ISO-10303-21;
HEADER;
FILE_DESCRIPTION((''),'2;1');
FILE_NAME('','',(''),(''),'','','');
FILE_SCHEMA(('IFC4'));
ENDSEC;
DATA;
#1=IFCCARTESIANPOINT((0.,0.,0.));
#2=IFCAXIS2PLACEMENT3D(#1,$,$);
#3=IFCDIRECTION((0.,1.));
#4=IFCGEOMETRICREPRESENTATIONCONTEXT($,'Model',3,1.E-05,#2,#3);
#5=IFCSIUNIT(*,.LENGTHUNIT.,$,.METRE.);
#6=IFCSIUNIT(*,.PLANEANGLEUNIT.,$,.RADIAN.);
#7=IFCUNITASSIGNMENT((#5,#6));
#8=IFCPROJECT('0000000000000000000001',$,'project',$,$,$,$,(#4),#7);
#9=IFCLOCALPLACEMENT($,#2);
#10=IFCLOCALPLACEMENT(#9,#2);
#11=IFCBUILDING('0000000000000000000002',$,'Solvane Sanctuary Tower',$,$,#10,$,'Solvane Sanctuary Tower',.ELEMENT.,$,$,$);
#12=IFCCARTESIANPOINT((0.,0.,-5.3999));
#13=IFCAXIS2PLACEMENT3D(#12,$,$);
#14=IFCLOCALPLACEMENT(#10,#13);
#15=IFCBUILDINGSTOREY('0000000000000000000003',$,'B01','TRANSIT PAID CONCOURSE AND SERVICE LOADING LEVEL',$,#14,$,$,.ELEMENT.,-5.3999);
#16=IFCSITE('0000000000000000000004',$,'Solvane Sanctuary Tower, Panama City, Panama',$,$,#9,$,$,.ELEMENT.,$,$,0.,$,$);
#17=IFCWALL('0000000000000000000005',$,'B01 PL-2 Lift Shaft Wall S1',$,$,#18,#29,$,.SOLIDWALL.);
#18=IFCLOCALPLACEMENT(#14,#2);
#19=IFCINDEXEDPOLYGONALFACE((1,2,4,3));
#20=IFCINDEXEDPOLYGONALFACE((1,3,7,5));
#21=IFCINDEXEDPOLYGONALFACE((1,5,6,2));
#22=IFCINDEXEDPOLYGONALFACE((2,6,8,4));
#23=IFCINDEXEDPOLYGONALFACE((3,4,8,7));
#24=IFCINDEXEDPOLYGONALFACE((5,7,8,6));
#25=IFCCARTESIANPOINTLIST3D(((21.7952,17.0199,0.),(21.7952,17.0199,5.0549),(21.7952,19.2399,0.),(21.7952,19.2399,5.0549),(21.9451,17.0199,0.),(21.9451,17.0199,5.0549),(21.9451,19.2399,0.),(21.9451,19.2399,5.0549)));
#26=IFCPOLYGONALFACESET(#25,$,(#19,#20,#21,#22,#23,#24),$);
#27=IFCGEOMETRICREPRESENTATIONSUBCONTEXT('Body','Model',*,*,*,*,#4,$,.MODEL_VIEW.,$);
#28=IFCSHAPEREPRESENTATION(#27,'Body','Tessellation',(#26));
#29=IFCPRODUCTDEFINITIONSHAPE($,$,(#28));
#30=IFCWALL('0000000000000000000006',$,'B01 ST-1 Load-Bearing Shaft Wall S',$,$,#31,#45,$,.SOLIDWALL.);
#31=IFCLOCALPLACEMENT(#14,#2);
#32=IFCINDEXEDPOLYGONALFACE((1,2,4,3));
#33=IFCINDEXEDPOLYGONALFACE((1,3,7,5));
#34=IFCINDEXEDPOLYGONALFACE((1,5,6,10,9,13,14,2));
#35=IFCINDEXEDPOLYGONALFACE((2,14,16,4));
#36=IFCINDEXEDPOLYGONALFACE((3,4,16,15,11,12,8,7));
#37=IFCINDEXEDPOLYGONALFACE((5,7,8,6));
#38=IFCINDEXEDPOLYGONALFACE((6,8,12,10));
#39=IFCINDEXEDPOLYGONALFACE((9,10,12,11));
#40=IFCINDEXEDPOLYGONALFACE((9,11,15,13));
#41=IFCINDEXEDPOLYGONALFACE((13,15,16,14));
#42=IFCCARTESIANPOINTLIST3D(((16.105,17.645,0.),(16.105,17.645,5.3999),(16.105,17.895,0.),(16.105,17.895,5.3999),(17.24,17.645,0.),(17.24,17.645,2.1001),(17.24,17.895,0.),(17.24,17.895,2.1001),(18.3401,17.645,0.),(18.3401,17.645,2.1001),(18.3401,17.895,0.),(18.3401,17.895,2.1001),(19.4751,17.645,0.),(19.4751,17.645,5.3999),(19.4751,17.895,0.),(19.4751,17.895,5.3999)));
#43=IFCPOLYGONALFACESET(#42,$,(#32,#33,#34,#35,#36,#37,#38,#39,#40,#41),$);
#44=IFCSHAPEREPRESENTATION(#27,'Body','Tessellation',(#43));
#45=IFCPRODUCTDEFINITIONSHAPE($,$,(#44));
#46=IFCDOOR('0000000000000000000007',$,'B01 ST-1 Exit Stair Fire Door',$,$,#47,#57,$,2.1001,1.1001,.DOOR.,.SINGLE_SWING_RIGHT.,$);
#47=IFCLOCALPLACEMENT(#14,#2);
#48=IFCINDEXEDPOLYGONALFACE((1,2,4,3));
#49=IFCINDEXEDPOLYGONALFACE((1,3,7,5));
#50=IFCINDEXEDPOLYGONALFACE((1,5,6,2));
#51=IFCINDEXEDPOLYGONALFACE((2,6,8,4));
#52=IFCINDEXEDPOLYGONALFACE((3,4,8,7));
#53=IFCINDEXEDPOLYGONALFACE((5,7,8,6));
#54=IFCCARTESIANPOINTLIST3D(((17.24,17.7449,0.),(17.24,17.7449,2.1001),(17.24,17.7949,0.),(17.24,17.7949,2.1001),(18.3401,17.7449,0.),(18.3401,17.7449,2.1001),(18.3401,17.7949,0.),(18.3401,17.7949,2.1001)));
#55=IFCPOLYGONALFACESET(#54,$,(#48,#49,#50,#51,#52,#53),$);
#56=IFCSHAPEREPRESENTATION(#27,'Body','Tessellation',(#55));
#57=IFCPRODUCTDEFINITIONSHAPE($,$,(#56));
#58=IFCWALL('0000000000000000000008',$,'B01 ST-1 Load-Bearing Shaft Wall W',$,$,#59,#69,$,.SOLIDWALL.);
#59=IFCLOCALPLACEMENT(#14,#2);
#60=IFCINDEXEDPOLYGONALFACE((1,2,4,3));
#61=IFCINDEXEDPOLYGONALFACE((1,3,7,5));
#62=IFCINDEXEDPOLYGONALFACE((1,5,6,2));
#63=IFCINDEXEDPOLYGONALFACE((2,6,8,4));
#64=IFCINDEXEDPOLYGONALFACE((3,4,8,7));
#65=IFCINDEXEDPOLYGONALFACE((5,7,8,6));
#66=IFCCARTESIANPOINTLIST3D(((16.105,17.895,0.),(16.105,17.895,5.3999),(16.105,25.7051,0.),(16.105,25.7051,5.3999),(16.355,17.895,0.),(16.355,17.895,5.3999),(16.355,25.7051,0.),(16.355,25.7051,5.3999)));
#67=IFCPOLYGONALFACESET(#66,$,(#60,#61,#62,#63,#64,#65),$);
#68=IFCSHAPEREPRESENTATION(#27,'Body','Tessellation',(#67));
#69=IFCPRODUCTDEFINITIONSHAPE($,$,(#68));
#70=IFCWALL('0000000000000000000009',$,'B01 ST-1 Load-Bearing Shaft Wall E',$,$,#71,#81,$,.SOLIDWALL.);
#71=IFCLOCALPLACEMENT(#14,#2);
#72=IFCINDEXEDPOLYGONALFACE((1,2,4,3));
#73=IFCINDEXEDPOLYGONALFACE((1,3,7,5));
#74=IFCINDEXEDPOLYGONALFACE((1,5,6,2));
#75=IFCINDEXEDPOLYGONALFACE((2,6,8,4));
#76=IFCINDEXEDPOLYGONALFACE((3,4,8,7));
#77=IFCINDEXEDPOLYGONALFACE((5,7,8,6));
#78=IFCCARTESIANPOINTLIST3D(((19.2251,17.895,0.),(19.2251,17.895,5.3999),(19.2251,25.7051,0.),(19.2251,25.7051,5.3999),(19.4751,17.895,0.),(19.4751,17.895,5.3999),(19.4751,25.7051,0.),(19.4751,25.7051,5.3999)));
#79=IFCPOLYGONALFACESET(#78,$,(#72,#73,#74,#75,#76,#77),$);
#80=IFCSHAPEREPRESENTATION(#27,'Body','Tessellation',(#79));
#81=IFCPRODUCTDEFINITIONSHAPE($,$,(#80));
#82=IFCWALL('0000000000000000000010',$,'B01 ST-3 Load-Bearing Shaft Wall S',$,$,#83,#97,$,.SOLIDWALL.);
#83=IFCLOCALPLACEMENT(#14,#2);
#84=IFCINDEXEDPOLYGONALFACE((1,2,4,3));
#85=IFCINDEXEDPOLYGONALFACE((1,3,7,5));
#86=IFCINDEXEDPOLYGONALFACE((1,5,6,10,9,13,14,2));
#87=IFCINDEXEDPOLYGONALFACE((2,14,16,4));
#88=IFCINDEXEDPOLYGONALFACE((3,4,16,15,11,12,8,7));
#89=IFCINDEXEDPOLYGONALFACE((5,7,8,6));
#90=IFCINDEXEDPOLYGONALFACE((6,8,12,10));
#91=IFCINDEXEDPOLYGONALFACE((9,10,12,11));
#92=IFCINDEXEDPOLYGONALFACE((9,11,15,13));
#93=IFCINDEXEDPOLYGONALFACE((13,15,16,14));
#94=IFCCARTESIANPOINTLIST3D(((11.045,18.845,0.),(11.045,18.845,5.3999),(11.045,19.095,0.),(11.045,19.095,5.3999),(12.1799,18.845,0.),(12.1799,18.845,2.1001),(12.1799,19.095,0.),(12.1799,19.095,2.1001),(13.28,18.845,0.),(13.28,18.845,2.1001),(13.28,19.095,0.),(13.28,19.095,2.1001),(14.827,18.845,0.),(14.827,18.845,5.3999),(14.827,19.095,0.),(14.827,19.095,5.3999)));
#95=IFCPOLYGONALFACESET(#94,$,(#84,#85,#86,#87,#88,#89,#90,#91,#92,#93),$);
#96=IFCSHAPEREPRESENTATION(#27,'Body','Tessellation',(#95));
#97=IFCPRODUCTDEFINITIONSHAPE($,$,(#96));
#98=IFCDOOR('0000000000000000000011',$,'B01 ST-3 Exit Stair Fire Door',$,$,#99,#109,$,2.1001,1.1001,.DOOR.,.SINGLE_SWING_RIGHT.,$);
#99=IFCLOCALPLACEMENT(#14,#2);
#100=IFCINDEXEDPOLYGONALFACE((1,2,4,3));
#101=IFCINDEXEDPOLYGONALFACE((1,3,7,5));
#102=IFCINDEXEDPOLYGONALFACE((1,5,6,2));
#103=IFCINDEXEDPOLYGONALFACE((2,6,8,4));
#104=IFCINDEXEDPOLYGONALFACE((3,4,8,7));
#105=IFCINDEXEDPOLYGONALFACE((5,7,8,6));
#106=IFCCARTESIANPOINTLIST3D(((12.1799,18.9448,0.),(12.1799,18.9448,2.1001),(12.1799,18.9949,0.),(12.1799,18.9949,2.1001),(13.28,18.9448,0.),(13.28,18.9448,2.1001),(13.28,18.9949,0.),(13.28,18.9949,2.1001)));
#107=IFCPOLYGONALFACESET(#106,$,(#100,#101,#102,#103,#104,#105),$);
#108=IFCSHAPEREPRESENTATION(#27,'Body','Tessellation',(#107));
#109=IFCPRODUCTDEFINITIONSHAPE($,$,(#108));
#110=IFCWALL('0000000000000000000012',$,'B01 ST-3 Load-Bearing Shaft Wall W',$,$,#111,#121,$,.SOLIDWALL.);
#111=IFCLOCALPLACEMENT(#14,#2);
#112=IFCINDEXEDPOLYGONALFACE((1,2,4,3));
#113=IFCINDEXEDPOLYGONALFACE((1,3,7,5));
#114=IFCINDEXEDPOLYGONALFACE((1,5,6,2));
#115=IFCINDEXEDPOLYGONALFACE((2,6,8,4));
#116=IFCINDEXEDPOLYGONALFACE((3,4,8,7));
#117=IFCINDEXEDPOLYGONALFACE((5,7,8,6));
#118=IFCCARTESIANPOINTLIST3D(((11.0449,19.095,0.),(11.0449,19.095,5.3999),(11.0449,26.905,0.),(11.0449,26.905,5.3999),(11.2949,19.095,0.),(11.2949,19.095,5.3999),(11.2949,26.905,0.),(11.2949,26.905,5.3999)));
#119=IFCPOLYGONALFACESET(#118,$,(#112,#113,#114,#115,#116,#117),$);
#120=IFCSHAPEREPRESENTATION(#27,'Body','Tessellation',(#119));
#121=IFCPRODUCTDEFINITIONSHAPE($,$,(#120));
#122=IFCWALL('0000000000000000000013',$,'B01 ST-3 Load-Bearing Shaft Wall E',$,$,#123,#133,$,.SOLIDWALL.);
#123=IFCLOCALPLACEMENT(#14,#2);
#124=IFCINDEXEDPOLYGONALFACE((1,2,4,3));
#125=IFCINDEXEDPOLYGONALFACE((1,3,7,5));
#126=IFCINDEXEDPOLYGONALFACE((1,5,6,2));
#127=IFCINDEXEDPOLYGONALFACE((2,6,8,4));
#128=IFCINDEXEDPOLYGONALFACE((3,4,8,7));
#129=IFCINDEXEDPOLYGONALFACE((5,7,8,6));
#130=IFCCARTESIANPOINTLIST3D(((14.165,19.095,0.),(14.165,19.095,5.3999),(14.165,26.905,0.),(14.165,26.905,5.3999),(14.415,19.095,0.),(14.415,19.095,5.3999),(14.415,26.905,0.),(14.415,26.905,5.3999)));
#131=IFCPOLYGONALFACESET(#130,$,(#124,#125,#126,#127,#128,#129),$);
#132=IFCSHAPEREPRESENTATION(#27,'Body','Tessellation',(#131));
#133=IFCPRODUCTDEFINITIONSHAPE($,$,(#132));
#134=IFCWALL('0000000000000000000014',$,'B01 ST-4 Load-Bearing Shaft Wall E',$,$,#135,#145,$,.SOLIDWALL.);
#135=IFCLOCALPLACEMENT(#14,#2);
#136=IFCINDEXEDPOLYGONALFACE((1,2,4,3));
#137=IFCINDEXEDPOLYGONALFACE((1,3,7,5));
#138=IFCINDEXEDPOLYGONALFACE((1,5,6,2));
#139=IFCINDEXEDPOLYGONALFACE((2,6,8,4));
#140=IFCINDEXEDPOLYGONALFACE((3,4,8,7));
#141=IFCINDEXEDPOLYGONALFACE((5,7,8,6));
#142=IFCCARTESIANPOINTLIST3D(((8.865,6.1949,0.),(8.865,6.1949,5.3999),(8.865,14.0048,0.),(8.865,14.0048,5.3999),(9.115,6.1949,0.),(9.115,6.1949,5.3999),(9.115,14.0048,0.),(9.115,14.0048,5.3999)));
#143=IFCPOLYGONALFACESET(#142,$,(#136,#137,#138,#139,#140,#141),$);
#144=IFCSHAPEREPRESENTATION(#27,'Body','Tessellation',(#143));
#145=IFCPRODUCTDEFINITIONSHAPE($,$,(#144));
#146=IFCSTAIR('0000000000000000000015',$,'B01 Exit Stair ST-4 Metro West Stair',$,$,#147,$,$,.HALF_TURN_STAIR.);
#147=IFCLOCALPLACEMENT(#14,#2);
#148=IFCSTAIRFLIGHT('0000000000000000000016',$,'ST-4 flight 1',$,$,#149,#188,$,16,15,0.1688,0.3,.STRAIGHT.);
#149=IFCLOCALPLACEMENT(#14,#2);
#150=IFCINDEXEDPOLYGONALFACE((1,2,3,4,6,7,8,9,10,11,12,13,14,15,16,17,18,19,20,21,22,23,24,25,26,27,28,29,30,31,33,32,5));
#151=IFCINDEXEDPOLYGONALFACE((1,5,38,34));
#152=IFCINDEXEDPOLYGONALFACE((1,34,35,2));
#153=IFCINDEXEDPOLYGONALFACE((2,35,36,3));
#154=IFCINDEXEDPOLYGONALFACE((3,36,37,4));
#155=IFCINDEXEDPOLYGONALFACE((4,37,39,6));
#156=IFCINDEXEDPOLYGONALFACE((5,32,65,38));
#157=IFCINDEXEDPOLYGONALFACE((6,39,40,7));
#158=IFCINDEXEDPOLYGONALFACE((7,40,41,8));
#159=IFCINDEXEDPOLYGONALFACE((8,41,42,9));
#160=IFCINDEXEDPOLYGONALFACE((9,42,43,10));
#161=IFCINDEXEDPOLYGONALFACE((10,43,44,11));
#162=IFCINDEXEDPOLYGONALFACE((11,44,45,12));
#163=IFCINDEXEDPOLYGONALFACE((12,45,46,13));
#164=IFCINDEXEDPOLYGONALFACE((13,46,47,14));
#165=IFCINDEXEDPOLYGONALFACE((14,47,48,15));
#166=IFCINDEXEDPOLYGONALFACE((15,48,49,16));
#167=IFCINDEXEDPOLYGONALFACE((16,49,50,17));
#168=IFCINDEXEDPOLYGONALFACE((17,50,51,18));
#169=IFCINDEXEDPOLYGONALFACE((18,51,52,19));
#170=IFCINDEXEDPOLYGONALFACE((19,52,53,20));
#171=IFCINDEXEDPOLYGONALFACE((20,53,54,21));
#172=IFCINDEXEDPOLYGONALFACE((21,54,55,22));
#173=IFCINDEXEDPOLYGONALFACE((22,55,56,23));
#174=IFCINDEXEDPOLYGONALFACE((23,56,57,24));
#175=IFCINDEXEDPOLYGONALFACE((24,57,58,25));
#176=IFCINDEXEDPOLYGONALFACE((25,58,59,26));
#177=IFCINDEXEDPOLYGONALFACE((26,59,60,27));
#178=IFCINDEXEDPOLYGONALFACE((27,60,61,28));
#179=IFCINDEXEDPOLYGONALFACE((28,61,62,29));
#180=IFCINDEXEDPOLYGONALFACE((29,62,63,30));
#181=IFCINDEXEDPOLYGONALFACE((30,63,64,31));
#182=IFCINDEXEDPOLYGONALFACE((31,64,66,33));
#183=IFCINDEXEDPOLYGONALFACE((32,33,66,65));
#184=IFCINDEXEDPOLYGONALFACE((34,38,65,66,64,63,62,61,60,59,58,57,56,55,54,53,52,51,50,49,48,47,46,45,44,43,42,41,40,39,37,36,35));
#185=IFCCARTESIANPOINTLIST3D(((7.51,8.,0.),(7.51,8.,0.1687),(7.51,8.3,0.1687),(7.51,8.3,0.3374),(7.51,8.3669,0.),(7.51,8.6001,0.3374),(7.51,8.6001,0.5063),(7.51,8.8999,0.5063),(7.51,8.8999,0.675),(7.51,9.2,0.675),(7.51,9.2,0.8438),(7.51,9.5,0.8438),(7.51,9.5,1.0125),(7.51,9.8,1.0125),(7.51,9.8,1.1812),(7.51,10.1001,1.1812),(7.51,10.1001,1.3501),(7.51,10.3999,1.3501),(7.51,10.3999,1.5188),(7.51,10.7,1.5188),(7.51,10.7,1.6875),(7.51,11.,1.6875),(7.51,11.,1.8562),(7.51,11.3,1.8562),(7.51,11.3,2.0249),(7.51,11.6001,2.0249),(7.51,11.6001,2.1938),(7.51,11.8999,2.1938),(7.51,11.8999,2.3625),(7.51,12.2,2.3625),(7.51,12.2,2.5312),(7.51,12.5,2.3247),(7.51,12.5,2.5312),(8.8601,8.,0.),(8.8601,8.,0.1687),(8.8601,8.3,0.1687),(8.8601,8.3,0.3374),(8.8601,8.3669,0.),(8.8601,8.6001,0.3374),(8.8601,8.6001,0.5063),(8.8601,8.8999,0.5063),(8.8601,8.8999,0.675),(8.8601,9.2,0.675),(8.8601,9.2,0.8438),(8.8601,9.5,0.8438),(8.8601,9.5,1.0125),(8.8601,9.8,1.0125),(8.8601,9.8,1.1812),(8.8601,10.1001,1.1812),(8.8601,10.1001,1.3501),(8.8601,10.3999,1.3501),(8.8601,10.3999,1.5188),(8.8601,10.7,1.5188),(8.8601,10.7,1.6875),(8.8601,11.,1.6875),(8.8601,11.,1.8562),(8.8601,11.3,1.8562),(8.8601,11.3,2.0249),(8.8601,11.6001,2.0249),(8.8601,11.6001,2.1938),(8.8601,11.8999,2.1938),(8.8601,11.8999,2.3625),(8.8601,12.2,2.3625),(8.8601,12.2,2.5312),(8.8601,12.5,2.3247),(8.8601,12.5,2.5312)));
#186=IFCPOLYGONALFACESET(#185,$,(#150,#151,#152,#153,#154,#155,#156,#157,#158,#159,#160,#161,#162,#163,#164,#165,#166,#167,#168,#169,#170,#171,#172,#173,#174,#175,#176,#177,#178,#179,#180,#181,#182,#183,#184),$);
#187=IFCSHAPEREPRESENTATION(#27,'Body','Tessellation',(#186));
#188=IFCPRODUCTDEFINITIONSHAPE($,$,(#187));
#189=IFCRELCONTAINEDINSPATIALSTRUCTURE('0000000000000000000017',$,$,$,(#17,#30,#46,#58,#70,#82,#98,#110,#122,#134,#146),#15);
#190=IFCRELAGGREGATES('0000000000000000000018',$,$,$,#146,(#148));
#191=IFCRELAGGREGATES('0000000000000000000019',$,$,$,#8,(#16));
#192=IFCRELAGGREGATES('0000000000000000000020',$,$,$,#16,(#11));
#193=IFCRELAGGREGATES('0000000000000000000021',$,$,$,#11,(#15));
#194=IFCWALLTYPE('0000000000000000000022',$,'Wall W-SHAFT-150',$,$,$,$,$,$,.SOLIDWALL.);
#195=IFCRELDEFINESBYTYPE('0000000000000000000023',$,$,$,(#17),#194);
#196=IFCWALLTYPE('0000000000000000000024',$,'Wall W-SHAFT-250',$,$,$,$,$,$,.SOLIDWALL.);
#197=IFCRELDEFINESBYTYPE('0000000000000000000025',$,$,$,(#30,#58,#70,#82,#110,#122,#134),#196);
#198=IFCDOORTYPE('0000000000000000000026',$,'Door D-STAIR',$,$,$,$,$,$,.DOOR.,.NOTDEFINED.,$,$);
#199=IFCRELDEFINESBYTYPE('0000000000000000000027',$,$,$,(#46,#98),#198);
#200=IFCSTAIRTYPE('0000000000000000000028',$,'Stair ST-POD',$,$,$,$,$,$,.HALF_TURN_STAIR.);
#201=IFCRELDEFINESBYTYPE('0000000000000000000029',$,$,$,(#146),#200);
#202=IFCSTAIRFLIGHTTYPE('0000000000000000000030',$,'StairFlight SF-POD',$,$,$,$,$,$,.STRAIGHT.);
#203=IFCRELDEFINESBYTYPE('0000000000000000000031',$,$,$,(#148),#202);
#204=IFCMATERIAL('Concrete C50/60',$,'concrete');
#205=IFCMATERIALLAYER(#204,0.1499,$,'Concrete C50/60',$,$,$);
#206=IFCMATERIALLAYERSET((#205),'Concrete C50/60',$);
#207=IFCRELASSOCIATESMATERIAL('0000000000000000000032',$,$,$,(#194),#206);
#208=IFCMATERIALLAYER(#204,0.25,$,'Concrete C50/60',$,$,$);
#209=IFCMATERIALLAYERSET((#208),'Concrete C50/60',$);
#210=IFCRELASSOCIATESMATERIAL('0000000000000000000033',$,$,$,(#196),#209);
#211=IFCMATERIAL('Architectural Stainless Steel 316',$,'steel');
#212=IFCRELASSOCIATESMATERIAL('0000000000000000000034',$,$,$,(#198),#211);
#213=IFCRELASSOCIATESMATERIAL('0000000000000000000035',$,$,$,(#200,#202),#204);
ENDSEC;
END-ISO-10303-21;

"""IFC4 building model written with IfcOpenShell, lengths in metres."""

from ifc_helpers import new_model, si_unit, direction, frame, frame_2d, origin, place, context, subcontext, project, spatial, polyline, rectangle, outline, extrude, material, layer, layer_set, type_object, element, fill, aggregate, save


model = new_model("IFC4")

# Units and contexts
model_context = context("Model", 3, precision=1e-05, world=origin(), true_north=direction((0.0, 1.0)))
body_context = subcontext(model_context, "Body", "Model", "MODEL_VIEW")
ifc_project = project(units=[si_unit("LENGTHUNIT", "METRE"), si_unit("PLANEANGLEUNIT", "RADIAN")], contexts=[model_context])

# Site, building, storey
site_placement = place(None, origin())
site = spatial("IfcSite", under=ifc_project, at=site_placement, Name="Solvane Sanctuary Tower, Panama City, Panama", CompositionType="ELEMENT", RefElevation=0.0)
building_placement = place(site_placement, origin())
building = spatial("IfcBuilding", under=site, at=building_placement, Name="Solvane Sanctuary Tower", LongName="Solvane Sanctuary Tower", CompositionType="ELEMENT")
storey_placement = place(building_placement, frame((0.0, 0.0, -5.3999)))
storey = spatial("IfcBuildingStorey", under=building, at=storey_placement, Name="B01", Description="TRANSIT PAID CONCOURSE AND SERVICE LOADING LEVEL", CompositionType="ELEMENT", Elevation=-5.3999)

# Shared definitions
ifc_material_1 = material(Name="Concrete C50/60", Category="concrete")
ifc_layer_1 = layer(ifc_material_1, 0.1499, Name="Concrete C50/60")
ifc_layer_set_1 = layer_set([ifc_layer_1], Name="Concrete C50/60")
wall_type_1 = type_object("IfcWallType", Name="Wall W-SHAFT-150", PredefinedType="SOLIDWALL", material=ifc_layer_set_1)
ifc_material_2 = material(Name="Architectural Stainless Steel 316", Category="steel")

# Wall
wall_1_placement = place(storey_placement, frame((21.8701, 17.02, 0.0), z_axis=(0.0, 0.0, 1.0), x_axis=(0.0, 1.0, 0.0)))
element("IfcWall", 1, at=wall_1_placement, inside=storey, type_object=wall_type_1, Name="B01 PL-2 Lift Shaft Wall S1", PredefinedType="SOLIDWALL", context=body_context, shape_type="SweptSolid", body=[
    extrude(rectangle(XDim=2.22, YDim=0.1499, at=frame_2d((1.1099, 0.0))), origin(), (0.0, 0.0, 1.0), 5.0549),
])

# Wall, opening, door
ifc_layer_2 = layer(ifc_material_1, 0.25, Name="Concrete C50/60")
ifc_layer_set_2 = layer_set([ifc_layer_2], Name="Concrete C50/60")
wall_type_2 = type_object("IfcWallType", Name="Wall W-SHAFT-250", PredefinedType="SOLIDWALL", material=ifc_layer_set_2)
wall_2_placement = place(storey_placement, frame((16.105, 17.77, 0.0), z_axis=(0.0, 0.0, 1.0), x_axis=(1.0, 0.0, 0.0)))
wall_2 = element("IfcWall", 2, at=wall_2_placement, inside=storey, type_object=wall_type_2, Name="B01 ST-1 Load-Bearing Shaft Wall S", PredefinedType="SOLIDWALL", context=body_context, shape_type="SweptSolid", body=[
    extrude(rectangle(XDim=3.3701, YDim=0.25, at=frame_2d((1.6851, 0.0))), origin(), (0.0, 0.0, 1.0), 5.3999),
])
opening_1_placement = place(wall_2_placement, frame((1.135, 0.0, 0.0)))
opening_1 = element("IfcOpeningElement", 3, at=opening_1_placement, cuts=wall_2, PredefinedType="OPENING", context=body_context, shape_type="SweptSolid", body=[
    extrude(rectangle(XDim=1.1001, YDim=2.1001, at=frame_2d((0.55, 1.05))), frame((0.0, 0.135, 0.0), z_axis=(0.0, -1.0, 0.0), x_axis=(1.0, 0.0, 0.0)), (0.0, 0.0, 1.0), 0.27),
])
door_type_1 = type_object("IfcDoorType", Name="Door D-STAIR", OperationType="NOTDEFINED", PredefinedType="DOOR", material=ifc_material_2)
door_1_placement = place(opening_1_placement, origin())
door_1 = element("IfcDoor", 4, at=door_1_placement, inside=storey, type_object=door_type_1, Name="B01 ST-1 Exit Stair Fire Door", OperationType="SINGLE_SWING_RIGHT", OverallHeight=2.1001, OverallWidth=1.1001, PredefinedType="DOOR", context=body_context, shape_type="SweptSolid", body=[
    extrude(rectangle(XDim=1.1001, YDim=2.1001, at=frame_2d((0.55, 1.05))), frame((0.0, 0.0249, 0.0), z_axis=(0.0, -1.0, 0.0), x_axis=(1.0, 0.0, 0.0)), (0.0, 0.0, 1.0), 0.05),
])
fill(opening_1, door_1)

# Walls
for number, where, z_axis, x_axis, name in (
    (5, (16.23, 17.895, 0.0), (0.0, 0.0, 1.0), (0.0, 1.0, 0.0), "B01 ST-1 Load-Bearing Shaft Wall W"),
    (6, (19.3501, 17.895, 0.0), (0.0, 0.0, 1.0), (0.0, 1.0, 0.0), "B01 ST-1 Load-Bearing Shaft Wall E"),
):
    element("IfcWall", number, at=place(storey_placement, frame(where, z_axis=z_axis, x_axis=x_axis)), inside=storey, type_object=wall_type_2, Name=name, PredefinedType="SOLIDWALL", context=body_context, shape_type="SweptSolid", body=[
        extrude(rectangle(XDim=7.8101, YDim=0.25, at=frame_2d((3.905, 0.0))), origin(), (0.0, 0.0, 1.0), 5.3999),
    ])

# Wall, opening, door
wall_3_placement = place(storey_placement, frame((11.0449, 18.97, 0.0), z_axis=(0.0, 0.0, 1.0), x_axis=(1.0, 0.0, 0.0)))
wall_3 = element("IfcWall", 7, at=wall_3_placement, inside=storey, type_object=wall_type_2, Name="B01 ST-3 Load-Bearing Shaft Wall S", PredefinedType="SOLIDWALL", context=body_context, shape_type="SweptSolid", body=[
    extrude(rectangle(XDim=3.782, YDim=0.25, at=frame_2d((1.8911, 0.0))), origin(), (0.0, 0.0, 1.0), 5.3999),
])
opening_2_placement = place(wall_3_placement, frame((1.135, 0.0, 0.0)))
opening_2 = element("IfcOpeningElement", 8, at=opening_2_placement, cuts=wall_3, PredefinedType="OPENING", context=body_context, shape_type="SweptSolid", body=[
    extrude(rectangle(XDim=1.1001, YDim=2.1001, at=frame_2d((0.55, 1.05))), frame((0.0, 0.135, 0.0), z_axis=(0.0, -1.0, 0.0), x_axis=(1.0, 0.0, 0.0)), (0.0, 0.0, 1.0), 0.27),
])
door_2_placement = place(opening_2_placement, origin())
door_2 = element("IfcDoor", 9, at=door_2_placement, inside=storey, type_object=door_type_1, Name="B01 ST-3 Exit Stair Fire Door", OperationType="SINGLE_SWING_RIGHT", OverallHeight=2.1001, OverallWidth=1.1001, PredefinedType="DOOR", context=body_context, shape_type="SweptSolid", body=[
    extrude(rectangle(XDim=1.1001, YDim=2.1001, at=frame_2d((0.55, 1.05))), frame((0.0, 0.0249, 0.0), z_axis=(0.0, -1.0, 0.0), x_axis=(1.0, 0.0, 0.0)), (0.0, 0.0, 1.0), 0.05),
])
fill(opening_2, door_2)

# Walls
for number, where, z_axis, x_axis, name in (
    (10, (11.1699, 19.095, 0.0), (0.0, 0.0, 1.0), (0.0, 1.0, 0.0), "B01 ST-3 Load-Bearing Shaft Wall W"),
    (11, (14.29, 19.095, 0.0), (0.0, 0.0, 1.0), (0.0, 1.0, 0.0), "B01 ST-3 Load-Bearing Shaft Wall E"),
):
    element("IfcWall", number, at=place(storey_placement, frame(where, z_axis=z_axis, x_axis=x_axis)), inside=storey, type_object=wall_type_2, Name=name, PredefinedType="SOLIDWALL", context=body_context, shape_type="SweptSolid", body=[
        extrude(rectangle(XDim=7.8101, YDim=0.25, at=frame_2d((3.905, 0.0))), origin(), (0.0, 0.0, 1.0), 5.3999),
    ])
wall_4_placement = place(storey_placement, frame((8.99, 6.1951, 0.0), z_axis=(0.0, 0.0, 1.0), x_axis=(0.0, 1.0, 0.0)))
element("IfcWall", 12, at=wall_4_placement, inside=storey, type_object=wall_type_2, Name="B01 ST-4 Load-Bearing Shaft Wall E", PredefinedType="SOLIDWALL", context=body_context, shape_type="SweptSolid", body=[
    extrude(rectangle(XDim=7.8098, YDim=0.25, at=frame_2d((3.9048, 0.0))), origin(), (0.0, 0.0, 1.0), 5.3999),
])

# Stair, stair flight
stair_type_1 = type_object("IfcStairType", Name="Stair ST-POD", PredefinedType="HALF_TURN_STAIR", material=ifc_material_1)
stair_1_placement = place(storey_placement, origin())
stair_1 = element("IfcStair", 13, at=stair_1_placement, inside=storey, type_object=stair_type_1, Name="B01 Exit Stair ST-4 Metro West Stair", PredefinedType="HALF_TURN_STAIR")
stair_flight_type_1 = type_object("IfcStairFlightType", Name="StairFlight SF-POD", PredefinedType="STRAIGHT", material=ifc_material_1)
stair_flight_1_placement = place(storey_placement, frame((8.1851, 8.0, 0.0), z_axis=(0.0, 0.0, 1.0), x_axis=(0.0, 1.0, 0.0)))
stair_flight_1 = element("IfcStairFlight", 14, at=stair_flight_1_placement, type_object=stair_flight_type_1, Name="ST-4 flight 1", NumberOfRisers=16, NumberOfTreads=15, PredefinedType="STRAIGHT", RiserHeight=0.1688, TreadLength=0.3, context=body_context, shape_type="SweptSolid", body=[
    extrude(outline(polyline([(0.0, 0.0), (0.0, 0.1687), (0.3, 0.1687), (0.3, 0.3374), (0.6001, 0.3374), (0.6001, 0.5063), (0.8999, 0.5063), (0.8999, 0.675), (1.2, 0.675), (1.2, 0.8438), (1.5, 0.8438), (1.5, 1.0125), (1.8, 1.0125), (1.8, 1.1812), (2.1001, 1.1812), (2.1001, 1.3501), (2.3999, 1.3501), (2.3999, 1.5188), (2.7, 1.5188), (2.7, 1.6875), (3.0, 1.6875), (3.0, 1.8562), (3.3, 1.8562), (3.3, 2.0249), (3.6001, 2.0249), (3.6001, 2.1938), (3.8999, 2.1938), (3.8999, 2.3625), (4.2, 2.3625), (4.2, 2.5312), (4.5, 2.5312), (4.5, 2.7), (4.5, 2.3247), (0.3669, 0.0), (0.0, 0.0)])), frame((0.0, 0.675, 0.0), z_axis=(0.0, -1.0, 0.0), x_axis=(1.0, 0.0, 0.0)), (0.0, 0.0, 1.0), 1.3501),
])
aggregate(stair_1, [stair_flight_1])

save(model, "model.ifc")
